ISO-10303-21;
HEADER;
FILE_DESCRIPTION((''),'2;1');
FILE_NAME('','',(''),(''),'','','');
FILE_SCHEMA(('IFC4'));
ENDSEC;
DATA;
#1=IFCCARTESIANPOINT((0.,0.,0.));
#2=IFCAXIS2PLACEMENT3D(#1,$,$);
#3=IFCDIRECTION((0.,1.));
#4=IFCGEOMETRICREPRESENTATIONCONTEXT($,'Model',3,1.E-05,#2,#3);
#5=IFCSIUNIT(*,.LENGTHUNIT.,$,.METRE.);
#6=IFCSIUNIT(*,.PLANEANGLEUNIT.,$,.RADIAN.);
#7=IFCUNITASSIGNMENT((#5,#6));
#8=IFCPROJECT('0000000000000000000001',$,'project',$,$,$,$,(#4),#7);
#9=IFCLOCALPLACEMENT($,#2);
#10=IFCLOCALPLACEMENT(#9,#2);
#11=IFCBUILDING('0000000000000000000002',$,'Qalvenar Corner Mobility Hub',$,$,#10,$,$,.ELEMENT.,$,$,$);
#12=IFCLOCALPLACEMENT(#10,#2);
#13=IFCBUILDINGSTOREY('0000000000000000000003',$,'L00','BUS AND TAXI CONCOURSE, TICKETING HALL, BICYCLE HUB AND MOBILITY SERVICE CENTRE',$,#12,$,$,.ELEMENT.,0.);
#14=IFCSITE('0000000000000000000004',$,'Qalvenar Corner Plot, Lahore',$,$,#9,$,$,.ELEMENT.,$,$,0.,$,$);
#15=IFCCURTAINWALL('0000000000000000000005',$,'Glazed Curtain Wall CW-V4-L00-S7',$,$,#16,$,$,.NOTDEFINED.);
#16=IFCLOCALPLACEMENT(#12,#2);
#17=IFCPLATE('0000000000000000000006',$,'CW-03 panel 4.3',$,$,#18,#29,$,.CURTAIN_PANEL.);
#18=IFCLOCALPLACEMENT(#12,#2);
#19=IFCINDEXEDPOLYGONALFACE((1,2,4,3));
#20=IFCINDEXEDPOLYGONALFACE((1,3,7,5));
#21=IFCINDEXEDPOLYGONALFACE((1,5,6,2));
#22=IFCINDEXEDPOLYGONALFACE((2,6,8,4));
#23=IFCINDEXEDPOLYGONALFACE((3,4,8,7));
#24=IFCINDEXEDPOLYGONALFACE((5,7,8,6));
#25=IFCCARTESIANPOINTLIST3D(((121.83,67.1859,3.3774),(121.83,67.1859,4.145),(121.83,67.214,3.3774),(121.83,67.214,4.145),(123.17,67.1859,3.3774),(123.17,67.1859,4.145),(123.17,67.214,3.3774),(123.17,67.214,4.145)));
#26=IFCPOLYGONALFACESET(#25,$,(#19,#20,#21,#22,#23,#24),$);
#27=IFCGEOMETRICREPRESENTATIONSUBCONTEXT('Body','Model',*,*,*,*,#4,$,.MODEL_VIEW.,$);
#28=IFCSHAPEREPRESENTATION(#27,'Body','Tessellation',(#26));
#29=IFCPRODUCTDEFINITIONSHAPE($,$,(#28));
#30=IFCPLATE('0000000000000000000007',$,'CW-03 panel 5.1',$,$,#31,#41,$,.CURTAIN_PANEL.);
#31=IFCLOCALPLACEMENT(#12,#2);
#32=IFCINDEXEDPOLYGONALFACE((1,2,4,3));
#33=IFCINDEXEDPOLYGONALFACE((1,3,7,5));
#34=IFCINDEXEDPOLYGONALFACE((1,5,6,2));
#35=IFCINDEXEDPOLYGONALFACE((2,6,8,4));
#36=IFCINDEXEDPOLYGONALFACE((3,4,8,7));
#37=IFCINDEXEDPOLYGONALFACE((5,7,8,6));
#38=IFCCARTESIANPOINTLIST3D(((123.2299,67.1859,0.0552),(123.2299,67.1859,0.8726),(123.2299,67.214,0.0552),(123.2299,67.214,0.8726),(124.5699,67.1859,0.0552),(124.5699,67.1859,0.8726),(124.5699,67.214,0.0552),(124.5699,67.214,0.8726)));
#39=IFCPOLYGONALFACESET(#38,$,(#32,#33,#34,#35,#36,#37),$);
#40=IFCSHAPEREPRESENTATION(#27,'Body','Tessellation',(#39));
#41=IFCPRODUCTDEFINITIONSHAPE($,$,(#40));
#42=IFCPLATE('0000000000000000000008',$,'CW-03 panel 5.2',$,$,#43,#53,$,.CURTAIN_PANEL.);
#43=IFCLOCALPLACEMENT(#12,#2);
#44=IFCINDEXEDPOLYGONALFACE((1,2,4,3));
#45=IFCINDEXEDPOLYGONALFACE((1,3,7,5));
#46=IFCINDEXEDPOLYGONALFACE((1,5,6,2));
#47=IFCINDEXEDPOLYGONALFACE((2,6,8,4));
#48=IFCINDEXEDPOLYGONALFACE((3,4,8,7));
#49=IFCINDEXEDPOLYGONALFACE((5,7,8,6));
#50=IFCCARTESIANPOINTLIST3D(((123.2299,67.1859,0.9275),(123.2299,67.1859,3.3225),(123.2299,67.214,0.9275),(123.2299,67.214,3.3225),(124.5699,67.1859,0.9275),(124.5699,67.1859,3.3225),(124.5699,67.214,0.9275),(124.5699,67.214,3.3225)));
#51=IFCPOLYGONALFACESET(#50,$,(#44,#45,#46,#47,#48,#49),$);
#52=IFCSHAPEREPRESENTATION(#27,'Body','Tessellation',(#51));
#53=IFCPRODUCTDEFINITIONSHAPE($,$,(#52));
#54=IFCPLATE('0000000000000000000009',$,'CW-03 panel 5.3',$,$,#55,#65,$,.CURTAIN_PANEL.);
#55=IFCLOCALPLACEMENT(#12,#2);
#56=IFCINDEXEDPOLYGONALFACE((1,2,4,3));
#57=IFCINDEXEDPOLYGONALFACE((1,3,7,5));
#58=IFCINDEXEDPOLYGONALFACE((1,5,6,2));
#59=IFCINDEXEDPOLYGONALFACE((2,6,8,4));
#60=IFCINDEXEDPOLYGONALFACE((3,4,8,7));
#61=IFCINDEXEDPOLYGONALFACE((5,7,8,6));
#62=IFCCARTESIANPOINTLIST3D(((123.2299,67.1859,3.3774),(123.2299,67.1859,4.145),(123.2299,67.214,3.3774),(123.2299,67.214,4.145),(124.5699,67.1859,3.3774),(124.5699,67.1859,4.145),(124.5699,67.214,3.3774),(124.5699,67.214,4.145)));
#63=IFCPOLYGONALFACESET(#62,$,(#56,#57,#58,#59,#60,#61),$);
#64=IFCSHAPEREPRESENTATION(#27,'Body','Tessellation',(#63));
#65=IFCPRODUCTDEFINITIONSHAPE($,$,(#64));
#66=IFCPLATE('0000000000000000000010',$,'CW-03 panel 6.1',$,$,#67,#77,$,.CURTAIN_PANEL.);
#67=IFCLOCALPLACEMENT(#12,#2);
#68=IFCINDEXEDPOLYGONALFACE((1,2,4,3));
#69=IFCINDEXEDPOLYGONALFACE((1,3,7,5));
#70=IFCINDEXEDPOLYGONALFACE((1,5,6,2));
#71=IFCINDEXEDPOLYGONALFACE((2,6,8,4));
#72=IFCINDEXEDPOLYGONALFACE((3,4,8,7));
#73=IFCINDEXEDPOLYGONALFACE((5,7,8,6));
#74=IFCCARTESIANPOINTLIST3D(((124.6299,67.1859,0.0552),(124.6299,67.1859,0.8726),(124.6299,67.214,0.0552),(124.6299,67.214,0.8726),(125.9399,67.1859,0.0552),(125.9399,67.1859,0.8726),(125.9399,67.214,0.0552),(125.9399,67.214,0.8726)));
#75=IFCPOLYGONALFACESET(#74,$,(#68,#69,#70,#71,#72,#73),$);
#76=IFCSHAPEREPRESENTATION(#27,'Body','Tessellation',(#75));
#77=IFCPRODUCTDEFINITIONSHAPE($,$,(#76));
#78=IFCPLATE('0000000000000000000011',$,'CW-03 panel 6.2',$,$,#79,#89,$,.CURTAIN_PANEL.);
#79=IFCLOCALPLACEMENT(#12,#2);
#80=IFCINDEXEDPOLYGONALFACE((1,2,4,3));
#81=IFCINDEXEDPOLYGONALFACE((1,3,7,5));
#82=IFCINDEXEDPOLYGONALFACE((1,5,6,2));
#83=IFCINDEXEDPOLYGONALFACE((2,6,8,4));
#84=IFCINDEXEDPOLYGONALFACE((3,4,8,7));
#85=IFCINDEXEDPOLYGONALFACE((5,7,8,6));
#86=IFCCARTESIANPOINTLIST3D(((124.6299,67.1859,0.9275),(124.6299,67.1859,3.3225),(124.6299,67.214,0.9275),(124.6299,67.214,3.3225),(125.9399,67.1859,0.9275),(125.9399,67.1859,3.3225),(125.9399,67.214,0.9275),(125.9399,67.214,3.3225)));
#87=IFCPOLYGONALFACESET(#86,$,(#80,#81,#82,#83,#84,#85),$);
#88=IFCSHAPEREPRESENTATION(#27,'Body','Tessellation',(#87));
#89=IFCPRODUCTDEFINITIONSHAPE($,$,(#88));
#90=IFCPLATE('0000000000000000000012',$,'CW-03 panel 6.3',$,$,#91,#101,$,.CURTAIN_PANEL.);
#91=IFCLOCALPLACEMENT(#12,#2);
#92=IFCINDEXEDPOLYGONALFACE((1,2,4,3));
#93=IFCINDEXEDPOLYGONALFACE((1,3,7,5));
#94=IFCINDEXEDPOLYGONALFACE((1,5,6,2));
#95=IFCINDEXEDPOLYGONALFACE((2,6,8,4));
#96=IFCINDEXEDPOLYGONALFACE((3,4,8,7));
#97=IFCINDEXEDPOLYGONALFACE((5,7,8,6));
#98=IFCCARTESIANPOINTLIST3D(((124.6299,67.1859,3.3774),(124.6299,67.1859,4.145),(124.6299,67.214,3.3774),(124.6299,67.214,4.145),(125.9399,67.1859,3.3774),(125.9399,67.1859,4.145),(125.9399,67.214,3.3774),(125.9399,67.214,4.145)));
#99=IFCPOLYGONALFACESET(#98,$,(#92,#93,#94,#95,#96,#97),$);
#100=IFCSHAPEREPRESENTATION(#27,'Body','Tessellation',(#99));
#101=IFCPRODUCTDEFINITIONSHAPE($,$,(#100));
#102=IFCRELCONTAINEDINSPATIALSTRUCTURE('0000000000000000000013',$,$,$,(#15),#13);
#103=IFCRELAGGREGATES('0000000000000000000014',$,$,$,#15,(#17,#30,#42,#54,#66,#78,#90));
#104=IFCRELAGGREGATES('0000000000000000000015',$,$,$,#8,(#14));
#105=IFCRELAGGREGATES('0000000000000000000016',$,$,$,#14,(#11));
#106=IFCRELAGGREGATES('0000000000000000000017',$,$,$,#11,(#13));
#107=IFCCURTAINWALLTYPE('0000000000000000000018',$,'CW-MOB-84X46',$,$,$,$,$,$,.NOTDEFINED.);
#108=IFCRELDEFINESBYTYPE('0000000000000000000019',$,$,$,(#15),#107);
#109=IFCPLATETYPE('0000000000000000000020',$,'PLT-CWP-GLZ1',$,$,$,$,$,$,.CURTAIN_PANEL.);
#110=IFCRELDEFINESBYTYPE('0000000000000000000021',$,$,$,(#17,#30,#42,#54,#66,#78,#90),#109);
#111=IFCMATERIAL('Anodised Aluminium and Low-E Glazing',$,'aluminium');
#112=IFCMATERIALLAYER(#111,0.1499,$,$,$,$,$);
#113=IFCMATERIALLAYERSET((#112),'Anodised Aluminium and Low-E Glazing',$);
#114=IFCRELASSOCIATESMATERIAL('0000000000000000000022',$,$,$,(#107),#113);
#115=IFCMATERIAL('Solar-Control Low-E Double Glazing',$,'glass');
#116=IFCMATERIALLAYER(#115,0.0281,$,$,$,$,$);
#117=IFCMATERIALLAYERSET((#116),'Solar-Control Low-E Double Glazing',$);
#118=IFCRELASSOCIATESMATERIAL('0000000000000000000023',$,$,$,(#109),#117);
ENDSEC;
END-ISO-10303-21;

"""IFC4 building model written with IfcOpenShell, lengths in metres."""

from ifc_helpers import new_model, si_unit, direction, frame, origin, origin_2d, place, context, subcontext, project, spatial, rectangle, extrude, material, layer, layer_set, type_object, element, aggregate, save


model = new_model("IFC4")

# Units and contexts
model_context = context("Model", 3, precision=1e-05, world=origin(), true_north=direction((0.0, 1.0)))
body_context = subcontext(model_context, "Body", "Model", "MODEL_VIEW")
ifc_project = project(units=[si_unit("LENGTHUNIT", "METRE"), si_unit("PLANEANGLEUNIT", "RADIAN")], contexts=[model_context])

# Site, building, storey
site_placement = place(None, origin())
site = spatial("IfcSite", under=ifc_project, at=site_placement, Name="Qalvenar Corner Plot, Lahore", CompositionType="ELEMENT", RefElevation=0.0)
building_placement = place(site_placement, origin())
building = spatial("IfcBuilding", under=site, at=building_placement, Name="Qalvenar Corner Mobility Hub", CompositionType="ELEMENT")
storey_placement = place(building_placement, origin())
storey = spatial("IfcBuildingStorey", under=building, at=storey_placement, Name="L00", Description="BUS AND TAXI CONCOURSE, TICKETING HALL, BICYCLE HUB AND MOBILITY SERVICE CENTRE", CompositionType="ELEMENT", Elevation=0.0)

# Curtain wall, plates
ifc_material_1 = material(Name="Anodised Aluminium and Low-E Glazing", Category="aluminium")
ifc_layer_1 = layer(ifc_material_1, 0.1499)
ifc_layer_set_1 = layer_set([ifc_layer_1], Name="Anodised Aluminium and Low-E Glazing")
curtain_wall_type = type_object("IfcCurtainWallType", Name="CW-MOB-84X46", PredefinedType="NOTDEFINED", material=ifc_layer_set_1)
curtain_wall_placement = place(storey_placement, origin())
curtain_wall = element("IfcCurtainWall", 1, at=curtain_wall_placement, inside=storey, type_object=curtain_wall_type, Name="Glazed Curtain Wall CW-V4-L00-S7", PredefinedType="NOTDEFINED")
ifc_material_2 = material(Name="Solar-Control Low-E Double Glazing", Category="glass")
ifc_layer_2 = layer(ifc_material_2, 0.0281)
ifc_layer_set_2 = layer_set([ifc_layer_2], Name="Solar-Control Low-E Double Glazing")
plate_type = type_object("IfcPlateType", Name="PLT-CWP-GLZ1", PredefinedType="CURTAIN_PANEL", material=ifc_layer_set_2)
plate_1_placement = place(storey_placement, frame((122.5, 67.2, 3.3774), z_axis=(0.0, 0.0, 1.0), x_axis=(1.0, 0.0, 0.0)))
plate_1 = element("IfcPlate", 2, at=plate_1_placement, type_object=plate_type, Name="CW-03 panel 4.3", PredefinedType="CURTAIN_PANEL", context=body_context, shape_type="SweptSolid", body=[
    extrude(rectangle(XDim=1.3401, YDim=0.0281, at=origin_2d()), origin(), (0.0, 0.0, 1.0), 0.7676),
])
plate_2_placement = place(storey_placement, frame((123.8999, 67.2, 0.0552), z_axis=(0.0, 0.0, 1.0), x_axis=(1.0, 0.0, 0.0)))
plate_2 = element("IfcPlate", 3, at=plate_2_placement, type_object=plate_type, Name="CW-03 panel 5.1", PredefinedType="CURTAIN_PANEL", context=body_context, shape_type="SweptSolid", body=[
    extrude(rectangle(XDim=1.3401, YDim=0.0281, at=origin_2d()), origin(), (0.0, 0.0, 1.0), 0.8174),
])
plate_3_placement = place(storey_placement, frame((123.8999, 67.2, 0.9275), z_axis=(0.0, 0.0, 1.0), x_axis=(1.0, 0.0, 0.0)))
plate_3 = element("IfcPlate", 4, at=plate_3_placement, type_object=plate_type, Name="CW-03 panel 5.2", PredefinedType="CURTAIN_PANEL", context=body_context, shape_type="SweptSolid", body=[
    extrude(rectangle(XDim=1.3401, YDim=0.0281, at=origin_2d()), origin(), (0.0, 0.0, 1.0), 2.395),
])
plate_4_placement = place(storey_placement, frame((123.8999, 67.2, 3.3774), z_axis=(0.0, 0.0, 1.0), x_axis=(1.0, 0.0, 0.0)))
plate_4 = element("IfcPlate", 5, at=plate_4_placement, type_object=plate_type, Name="CW-03 panel 5.3", PredefinedType="CURTAIN_PANEL", context=body_context, shape_type="SweptSolid", body=[
    extrude(rectangle(XDim=1.3401, YDim=0.0281, at=origin_2d()), origin(), (0.0, 0.0, 1.0), 0.7676),
])
plate_5_placement = place(storey_placement, frame((125.2849, 67.2, 0.0552), z_axis=(0.0, 0.0, 1.0), x_axis=(1.0, 0.0, 0.0)))
plate_5 = element("IfcPlate", 6, at=plate_5_placement, type_object=plate_type, Name="CW-03 panel 6.1", PredefinedType="CURTAIN_PANEL", context=body_context, shape_type="SweptSolid", body=[
    extrude(rectangle(XDim=1.3101, YDim=0.0281, at=origin_2d()), origin(), (0.0, 0.0, 1.0), 0.8174),
])
plate_6_placement = place(storey_placement, frame((125.2849, 67.2, 0.9275), z_axis=(0.0, 0.0, 1.0), x_axis=(1.0, 0.0, 0.0)))
plate_6 = element("IfcPlate", 7, at=plate_6_placement, type_object=plate_type, Name="CW-03 panel 6.2", PredefinedType="CURTAIN_PANEL", context=body_context, shape_type="SweptSolid", body=[
    extrude(rectangle(XDim=1.3101, YDim=0.0281, at=origin_2d()), origin(), (0.0, 0.0, 1.0), 2.395),
])
plate_7_placement = place(storey_placement, frame((125.2849, 67.2, 3.3774), z_axis=(0.0, 0.0, 1.0), x_axis=(1.0, 0.0, 0.0)))
plate_7 = element("IfcPlate", 8, at=plate_7_placement, type_object=plate_type, Name="CW-03 panel 6.3", PredefinedType="CURTAIN_PANEL", context=body_context, shape_type="SweptSolid", body=[
    extrude(rectangle(XDim=1.3101, YDim=0.0281, at=origin_2d()), origin(), (0.0, 0.0, 1.0), 0.7676),
])
aggregate(curtain_wall, [plate_1, plate_2, plate_3, plate_4, plate_5, plate_6, plate_7])

save(model, "model.ifc")
